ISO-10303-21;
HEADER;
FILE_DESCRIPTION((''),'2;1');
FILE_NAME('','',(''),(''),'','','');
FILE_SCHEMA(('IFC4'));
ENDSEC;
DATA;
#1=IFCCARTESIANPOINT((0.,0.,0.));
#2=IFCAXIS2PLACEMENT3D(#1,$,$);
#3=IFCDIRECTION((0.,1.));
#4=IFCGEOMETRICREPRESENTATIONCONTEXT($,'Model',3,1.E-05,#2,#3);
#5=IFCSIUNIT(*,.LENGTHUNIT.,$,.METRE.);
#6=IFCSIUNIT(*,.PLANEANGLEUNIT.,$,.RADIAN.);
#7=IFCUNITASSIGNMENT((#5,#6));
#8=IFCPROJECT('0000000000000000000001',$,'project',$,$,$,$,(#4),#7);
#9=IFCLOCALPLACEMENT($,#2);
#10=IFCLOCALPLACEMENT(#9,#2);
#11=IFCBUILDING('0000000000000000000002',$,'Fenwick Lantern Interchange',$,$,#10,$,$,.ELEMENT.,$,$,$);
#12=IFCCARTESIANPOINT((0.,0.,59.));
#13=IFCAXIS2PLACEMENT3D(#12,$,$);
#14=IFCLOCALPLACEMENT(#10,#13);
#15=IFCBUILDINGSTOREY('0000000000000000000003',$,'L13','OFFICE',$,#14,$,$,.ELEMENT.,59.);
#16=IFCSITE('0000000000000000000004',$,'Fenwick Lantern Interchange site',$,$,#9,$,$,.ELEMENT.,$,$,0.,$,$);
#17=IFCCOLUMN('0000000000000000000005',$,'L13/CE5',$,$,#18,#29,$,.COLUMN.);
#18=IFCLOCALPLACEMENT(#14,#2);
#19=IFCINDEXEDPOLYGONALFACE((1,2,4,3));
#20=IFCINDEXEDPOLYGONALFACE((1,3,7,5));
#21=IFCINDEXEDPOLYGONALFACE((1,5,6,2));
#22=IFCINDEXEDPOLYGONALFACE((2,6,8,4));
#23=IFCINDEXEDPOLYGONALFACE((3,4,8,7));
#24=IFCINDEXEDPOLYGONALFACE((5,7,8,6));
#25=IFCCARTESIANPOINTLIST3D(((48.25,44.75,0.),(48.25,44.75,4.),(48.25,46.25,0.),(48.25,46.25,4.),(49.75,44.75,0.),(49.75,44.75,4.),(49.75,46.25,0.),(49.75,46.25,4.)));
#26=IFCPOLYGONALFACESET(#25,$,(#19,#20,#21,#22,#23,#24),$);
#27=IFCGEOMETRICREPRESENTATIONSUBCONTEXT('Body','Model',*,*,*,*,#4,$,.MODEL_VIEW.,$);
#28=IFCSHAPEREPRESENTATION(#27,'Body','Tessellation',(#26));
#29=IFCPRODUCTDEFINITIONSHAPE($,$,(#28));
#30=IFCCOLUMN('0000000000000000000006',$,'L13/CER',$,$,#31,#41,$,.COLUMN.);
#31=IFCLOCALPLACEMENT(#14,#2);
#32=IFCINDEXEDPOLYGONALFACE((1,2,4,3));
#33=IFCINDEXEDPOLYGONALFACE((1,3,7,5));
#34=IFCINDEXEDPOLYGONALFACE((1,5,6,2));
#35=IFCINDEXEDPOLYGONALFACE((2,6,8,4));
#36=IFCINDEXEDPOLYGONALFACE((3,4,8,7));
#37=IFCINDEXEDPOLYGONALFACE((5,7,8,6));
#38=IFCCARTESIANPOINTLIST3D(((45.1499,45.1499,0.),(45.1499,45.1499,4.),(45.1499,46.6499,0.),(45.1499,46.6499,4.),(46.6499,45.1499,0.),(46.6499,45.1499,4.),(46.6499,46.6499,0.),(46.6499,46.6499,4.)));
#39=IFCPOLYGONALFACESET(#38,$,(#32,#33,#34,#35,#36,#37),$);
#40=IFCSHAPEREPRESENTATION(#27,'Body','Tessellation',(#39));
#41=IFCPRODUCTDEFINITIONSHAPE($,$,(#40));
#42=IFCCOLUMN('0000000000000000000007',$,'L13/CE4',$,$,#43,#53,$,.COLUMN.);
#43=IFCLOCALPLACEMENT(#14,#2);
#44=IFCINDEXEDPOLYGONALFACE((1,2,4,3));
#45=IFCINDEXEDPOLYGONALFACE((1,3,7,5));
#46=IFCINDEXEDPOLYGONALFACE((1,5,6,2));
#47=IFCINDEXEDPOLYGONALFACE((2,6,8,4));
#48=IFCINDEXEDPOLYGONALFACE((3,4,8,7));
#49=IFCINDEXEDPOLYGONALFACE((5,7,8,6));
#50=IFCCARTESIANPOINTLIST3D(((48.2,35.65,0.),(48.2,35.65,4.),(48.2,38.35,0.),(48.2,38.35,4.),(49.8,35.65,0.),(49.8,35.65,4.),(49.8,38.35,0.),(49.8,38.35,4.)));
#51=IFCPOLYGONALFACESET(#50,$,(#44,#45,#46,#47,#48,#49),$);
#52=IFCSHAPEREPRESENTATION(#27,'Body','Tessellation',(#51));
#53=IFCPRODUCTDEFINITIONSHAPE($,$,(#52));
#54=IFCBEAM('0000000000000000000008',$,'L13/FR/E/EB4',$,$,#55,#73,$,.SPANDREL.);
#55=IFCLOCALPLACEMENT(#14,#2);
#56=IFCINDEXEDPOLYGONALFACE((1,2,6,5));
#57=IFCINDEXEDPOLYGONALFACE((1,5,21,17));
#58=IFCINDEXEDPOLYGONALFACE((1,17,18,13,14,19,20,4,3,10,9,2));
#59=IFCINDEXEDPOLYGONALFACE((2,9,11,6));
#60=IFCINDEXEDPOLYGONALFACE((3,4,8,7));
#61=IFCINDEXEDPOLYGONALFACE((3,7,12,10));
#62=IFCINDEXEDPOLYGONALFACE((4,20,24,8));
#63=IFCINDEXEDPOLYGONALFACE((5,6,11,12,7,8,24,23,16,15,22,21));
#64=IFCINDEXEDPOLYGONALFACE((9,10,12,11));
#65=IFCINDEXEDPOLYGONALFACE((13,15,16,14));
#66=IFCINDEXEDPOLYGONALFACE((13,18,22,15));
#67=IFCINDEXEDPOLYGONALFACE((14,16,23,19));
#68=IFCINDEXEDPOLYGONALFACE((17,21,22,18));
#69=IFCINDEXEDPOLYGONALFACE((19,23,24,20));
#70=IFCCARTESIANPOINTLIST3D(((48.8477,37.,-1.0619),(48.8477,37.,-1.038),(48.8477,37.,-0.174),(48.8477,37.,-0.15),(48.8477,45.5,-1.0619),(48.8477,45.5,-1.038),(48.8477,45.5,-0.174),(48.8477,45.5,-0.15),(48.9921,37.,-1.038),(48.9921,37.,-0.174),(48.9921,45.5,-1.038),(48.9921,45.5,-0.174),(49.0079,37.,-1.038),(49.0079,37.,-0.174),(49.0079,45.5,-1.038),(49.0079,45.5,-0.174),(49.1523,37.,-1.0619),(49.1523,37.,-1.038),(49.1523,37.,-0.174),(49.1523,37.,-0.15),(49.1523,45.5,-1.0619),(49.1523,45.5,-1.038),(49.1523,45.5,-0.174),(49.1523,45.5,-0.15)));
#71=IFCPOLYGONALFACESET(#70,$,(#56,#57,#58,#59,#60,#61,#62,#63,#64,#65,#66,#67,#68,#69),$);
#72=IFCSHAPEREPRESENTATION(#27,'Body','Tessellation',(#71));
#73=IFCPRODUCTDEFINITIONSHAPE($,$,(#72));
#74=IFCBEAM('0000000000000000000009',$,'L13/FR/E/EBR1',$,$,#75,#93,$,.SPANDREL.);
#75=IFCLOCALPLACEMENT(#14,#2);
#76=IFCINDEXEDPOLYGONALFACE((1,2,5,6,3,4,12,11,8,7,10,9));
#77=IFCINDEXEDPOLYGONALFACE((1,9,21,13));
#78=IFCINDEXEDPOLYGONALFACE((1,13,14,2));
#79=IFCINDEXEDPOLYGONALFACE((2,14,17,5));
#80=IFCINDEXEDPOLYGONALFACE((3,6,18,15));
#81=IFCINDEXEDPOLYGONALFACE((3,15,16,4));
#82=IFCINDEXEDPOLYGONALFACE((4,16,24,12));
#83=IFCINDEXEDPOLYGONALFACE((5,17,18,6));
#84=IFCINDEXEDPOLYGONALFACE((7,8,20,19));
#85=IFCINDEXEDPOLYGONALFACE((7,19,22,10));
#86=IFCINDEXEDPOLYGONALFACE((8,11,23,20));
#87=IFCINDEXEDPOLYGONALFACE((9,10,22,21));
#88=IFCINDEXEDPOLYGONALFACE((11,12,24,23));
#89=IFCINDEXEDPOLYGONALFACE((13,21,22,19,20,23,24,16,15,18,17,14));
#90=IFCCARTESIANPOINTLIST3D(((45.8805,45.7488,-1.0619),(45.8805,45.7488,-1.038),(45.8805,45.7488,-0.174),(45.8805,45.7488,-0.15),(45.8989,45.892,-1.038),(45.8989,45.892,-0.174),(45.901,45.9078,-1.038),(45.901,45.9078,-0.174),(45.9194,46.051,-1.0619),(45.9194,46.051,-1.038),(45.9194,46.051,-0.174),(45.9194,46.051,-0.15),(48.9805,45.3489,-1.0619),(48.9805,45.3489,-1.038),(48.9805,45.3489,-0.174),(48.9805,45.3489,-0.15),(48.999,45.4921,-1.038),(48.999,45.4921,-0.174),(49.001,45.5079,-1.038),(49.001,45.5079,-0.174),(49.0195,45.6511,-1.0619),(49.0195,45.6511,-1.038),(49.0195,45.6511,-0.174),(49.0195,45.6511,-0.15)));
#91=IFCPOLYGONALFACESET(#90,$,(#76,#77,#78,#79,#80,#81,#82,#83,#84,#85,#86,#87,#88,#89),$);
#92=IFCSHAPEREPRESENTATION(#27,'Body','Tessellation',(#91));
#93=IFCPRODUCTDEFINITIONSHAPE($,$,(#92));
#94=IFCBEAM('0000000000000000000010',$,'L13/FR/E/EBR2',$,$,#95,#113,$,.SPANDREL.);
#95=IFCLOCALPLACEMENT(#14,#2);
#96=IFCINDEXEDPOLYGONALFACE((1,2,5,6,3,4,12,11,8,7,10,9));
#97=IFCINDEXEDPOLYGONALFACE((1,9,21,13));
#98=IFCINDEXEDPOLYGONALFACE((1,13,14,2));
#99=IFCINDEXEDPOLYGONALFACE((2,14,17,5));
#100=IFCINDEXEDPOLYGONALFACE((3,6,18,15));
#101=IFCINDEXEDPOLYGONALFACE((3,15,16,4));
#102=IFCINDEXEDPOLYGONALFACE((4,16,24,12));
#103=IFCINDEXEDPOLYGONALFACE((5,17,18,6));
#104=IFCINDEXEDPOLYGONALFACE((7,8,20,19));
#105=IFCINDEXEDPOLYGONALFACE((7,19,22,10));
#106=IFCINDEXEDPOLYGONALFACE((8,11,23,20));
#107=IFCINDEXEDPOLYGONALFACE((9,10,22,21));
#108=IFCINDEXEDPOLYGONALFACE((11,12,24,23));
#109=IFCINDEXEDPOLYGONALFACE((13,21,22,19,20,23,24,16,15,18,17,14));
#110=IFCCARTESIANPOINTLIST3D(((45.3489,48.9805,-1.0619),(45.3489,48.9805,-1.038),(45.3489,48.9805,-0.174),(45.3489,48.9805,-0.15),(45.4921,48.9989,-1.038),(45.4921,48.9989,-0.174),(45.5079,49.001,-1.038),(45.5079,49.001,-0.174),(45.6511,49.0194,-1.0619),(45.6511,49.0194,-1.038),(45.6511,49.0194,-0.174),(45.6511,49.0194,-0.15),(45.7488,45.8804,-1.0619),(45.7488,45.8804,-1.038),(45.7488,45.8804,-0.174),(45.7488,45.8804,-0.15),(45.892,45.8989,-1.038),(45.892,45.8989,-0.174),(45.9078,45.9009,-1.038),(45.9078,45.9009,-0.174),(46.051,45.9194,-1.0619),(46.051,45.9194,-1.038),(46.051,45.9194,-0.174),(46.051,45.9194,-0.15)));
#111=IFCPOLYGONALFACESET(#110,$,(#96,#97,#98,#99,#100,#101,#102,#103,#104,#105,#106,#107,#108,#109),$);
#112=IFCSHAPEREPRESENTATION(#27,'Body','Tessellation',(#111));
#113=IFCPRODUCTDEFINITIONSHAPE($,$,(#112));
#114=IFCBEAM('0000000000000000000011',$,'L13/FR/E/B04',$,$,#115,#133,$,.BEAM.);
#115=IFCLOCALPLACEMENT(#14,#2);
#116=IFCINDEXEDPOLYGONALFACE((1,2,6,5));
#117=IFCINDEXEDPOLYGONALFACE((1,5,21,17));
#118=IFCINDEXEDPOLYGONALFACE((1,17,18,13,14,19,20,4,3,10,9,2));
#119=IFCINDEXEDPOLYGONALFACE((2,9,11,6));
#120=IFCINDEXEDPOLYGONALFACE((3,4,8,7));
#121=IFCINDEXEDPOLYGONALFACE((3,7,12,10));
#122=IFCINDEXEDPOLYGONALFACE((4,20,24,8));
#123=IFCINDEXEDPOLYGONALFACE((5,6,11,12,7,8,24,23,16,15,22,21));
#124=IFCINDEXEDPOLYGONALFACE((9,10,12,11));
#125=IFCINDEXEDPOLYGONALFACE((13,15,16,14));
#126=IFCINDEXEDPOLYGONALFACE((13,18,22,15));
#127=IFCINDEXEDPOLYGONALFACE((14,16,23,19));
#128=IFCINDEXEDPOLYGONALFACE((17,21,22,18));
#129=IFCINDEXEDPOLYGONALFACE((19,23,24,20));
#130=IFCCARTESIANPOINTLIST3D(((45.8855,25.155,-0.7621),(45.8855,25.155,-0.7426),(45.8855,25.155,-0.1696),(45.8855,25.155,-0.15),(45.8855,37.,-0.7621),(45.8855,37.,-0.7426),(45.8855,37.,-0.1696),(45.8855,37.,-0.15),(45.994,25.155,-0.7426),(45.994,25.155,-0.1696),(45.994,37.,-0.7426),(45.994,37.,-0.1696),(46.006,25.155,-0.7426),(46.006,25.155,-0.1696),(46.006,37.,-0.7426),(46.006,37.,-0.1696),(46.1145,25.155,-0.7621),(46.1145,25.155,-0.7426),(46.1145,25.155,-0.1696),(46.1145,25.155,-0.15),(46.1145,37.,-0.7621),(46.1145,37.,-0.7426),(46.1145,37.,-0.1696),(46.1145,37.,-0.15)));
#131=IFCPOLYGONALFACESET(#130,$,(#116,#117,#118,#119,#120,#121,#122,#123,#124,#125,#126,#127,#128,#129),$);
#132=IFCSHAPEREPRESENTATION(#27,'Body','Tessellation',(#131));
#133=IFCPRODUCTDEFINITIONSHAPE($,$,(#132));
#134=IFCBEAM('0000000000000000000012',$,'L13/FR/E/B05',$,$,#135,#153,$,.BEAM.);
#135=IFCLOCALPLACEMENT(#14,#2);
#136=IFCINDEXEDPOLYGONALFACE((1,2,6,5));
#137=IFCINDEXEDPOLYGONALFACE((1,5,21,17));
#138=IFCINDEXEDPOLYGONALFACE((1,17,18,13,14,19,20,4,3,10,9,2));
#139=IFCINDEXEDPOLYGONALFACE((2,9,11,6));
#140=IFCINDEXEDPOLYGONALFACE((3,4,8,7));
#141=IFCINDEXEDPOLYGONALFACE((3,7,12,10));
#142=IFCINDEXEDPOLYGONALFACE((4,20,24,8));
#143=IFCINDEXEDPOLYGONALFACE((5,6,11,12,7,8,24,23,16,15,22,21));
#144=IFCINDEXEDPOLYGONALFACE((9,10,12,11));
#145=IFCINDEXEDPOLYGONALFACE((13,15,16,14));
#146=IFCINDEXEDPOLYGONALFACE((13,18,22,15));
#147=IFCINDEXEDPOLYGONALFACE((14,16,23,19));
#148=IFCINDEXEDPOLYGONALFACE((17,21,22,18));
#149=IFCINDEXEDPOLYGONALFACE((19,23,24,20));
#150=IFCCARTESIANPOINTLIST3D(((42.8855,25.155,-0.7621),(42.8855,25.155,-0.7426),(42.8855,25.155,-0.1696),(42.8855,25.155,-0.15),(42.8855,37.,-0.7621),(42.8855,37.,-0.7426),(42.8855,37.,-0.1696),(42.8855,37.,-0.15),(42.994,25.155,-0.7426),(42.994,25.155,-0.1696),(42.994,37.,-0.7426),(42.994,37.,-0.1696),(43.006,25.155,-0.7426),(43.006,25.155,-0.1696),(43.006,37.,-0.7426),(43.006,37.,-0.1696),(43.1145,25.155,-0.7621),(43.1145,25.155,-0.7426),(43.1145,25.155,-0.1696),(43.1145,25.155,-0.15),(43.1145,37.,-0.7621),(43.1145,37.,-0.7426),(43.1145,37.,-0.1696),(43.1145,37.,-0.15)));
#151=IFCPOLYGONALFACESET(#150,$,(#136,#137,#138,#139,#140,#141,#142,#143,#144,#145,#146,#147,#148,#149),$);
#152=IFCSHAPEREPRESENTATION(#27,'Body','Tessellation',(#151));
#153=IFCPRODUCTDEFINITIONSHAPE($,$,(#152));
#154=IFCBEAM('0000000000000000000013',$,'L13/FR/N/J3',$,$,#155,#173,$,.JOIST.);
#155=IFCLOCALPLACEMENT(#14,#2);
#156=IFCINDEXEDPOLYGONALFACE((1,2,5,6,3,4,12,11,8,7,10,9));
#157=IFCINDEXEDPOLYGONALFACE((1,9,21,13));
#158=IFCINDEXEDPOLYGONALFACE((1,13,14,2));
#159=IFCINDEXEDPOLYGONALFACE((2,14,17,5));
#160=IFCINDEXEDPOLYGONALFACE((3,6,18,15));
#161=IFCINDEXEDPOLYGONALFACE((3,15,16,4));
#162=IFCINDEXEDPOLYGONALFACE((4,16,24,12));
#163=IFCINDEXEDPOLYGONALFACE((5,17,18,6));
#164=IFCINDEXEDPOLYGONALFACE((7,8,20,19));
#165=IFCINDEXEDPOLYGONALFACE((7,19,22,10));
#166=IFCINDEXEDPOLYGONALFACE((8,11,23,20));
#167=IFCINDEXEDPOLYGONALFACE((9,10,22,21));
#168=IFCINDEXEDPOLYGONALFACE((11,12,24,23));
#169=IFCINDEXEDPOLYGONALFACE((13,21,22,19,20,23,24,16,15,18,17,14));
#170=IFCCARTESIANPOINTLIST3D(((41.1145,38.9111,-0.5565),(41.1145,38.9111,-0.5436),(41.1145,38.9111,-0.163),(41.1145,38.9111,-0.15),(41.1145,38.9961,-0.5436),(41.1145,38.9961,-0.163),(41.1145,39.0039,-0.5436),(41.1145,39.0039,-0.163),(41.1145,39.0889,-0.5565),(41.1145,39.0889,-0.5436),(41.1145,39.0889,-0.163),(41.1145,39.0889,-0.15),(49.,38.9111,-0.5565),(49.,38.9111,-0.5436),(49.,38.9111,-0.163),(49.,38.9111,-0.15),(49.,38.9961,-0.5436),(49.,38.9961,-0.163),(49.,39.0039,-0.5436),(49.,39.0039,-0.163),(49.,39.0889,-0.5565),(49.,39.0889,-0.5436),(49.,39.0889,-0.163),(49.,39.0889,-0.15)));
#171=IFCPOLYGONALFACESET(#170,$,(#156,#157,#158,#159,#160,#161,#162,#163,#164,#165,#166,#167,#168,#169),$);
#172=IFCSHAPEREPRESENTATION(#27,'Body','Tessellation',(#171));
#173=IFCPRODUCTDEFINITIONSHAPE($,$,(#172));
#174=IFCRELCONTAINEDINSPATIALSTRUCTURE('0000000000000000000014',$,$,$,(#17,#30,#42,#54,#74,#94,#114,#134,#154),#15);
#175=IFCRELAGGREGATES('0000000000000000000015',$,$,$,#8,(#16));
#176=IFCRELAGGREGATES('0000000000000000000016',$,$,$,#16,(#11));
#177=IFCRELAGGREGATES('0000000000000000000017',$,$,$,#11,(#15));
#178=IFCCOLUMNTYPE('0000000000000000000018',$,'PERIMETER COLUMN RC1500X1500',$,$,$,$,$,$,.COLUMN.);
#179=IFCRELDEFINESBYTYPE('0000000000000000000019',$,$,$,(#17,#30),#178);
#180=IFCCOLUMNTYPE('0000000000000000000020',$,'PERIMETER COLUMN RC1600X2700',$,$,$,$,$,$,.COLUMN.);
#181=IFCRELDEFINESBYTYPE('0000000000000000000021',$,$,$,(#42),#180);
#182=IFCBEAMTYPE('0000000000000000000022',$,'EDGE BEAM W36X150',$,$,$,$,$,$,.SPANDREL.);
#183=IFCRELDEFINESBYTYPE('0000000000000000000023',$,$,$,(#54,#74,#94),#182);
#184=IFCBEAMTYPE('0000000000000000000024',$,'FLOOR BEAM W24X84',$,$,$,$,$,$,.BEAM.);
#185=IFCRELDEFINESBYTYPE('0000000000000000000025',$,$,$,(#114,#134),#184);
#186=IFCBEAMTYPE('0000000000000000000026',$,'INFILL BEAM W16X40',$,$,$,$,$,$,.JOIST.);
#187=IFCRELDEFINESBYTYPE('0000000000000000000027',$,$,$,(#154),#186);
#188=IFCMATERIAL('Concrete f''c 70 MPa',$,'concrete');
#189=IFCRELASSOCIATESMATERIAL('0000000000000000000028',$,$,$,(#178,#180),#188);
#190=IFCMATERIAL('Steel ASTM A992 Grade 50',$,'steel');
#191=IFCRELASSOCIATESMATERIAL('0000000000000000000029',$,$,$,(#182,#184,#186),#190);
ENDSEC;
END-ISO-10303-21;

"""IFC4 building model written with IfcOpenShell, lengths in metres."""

from ifc_helpers import new_model, si_unit, direction, frame, origin, origin_2d, place, context, subcontext, project, spatial, rectangle, i_section, extrude, material, material_profile, profile_set, type_object, element, save


model = new_model("IFC4")

# Units and contexts
model_context = context("Model", 3, precision=1e-05, world=origin(), true_north=direction((0.0, 1.0)))
body_context = subcontext(model_context, "Body", "Model", "MODEL_VIEW")
ifc_project = project(units=[si_unit("LENGTHUNIT", "METRE"), si_unit("PLANEANGLEUNIT", "RADIAN")], contexts=[model_context])

# Site, building, storey
site_placement = place(None, origin())
site = spatial("IfcSite", under=ifc_project, at=site_placement, Name="Fenwick Lantern Interchange site", CompositionType="ELEMENT", RefElevation=0.0)
building_placement = place(site_placement, origin())
building = spatial("IfcBuilding", under=site, at=building_placement, Name="Fenwick Lantern Interchange", CompositionType="ELEMENT")
storey_placement = place(building_placement, frame((0.0, 0.0, 59.0)))
storey = spatial("IfcBuildingStorey", under=building, at=storey_placement, Name="L13", Description="OFFICE", CompositionType="ELEMENT", Elevation=59.0)

# Columns
ifc_material_1 = material(Name="Concrete f'c 70 MPa", Category="concrete")
ifc_material_profile_1 = material_profile(ifc_material_1, rectangle(XDim=1.5, YDim=1.5, at=origin_2d()), Name="RC1500X1500")
ifc_profile_set_1 = profile_set([ifc_material_profile_1], Name="Concrete f'c 70 MPa")
column_type_1 = type_object("IfcColumnType", Name="PERIMETER COLUMN RC1500X1500", PredefinedType="COLUMN", material=ifc_profile_set_1)
for number, where, z_axis, x_axis, name in (
    (1, (49.0, 45.5, 0.0), (0.0, 0.0, 1.0), (1.0, 0.0, 0.0), "L13/CE5"),
    (2, (45.8999, 45.8999, 0.0), (0.0, 0.0, 1.0), (1.0, 0.0, 0.0), "L13/CER"),
):
    element("IfcColumn", number, at=place(storey_placement, frame(where, z_axis=z_axis, x_axis=x_axis)), inside=storey, type_object=column_type_1, Name=name, PredefinedType="COLUMN", context=body_context, shape_type="SweptSolid", body=[
        extrude(rectangle(XDim=1.5, YDim=1.5, at=origin_2d()), origin(), (0.0, 0.0, 1.0), 4.0),
    ])
ifc_material_profile_2 = material_profile(ifc_material_1, rectangle(XDim=1.6001, YDim=2.7, at=origin_2d()), Name="RC1600X2700")
ifc_profile_set_2 = profile_set([ifc_material_profile_2], Name="Concrete f'c 70 MPa")
column_type_2 = type_object("IfcColumnType", Name="PERIMETER COLUMN RC1600X2700", PredefinedType="COLUMN", material=ifc_profile_set_2)
column_placement = place(storey_placement, frame((49.0, 37.0, 0.0), z_axis=(0.0, 0.0, 1.0), x_axis=(1.0, 0.0, 0.0)))
element("IfcColumn", 3, at=column_placement, inside=storey, type_object=column_type_2, Name="L13/CE4", PredefinedType="COLUMN", context=body_context, shape_type="SweptSolid", body=[
    extrude(rectangle(XDim=1.6001, YDim=2.7, at=origin_2d()), origin(), (0.0, 0.0, 1.0), 4.0),
])

# Beams
ifc_material_2 = material(Name="Steel ASTM A992 Grade 50", Category="steel")
ifc_material_profile_3 = material_profile(ifc_material_2, i_section(OverallWidth=0.3047, OverallDepth=0.9119, WebThickness=0.0159, FlangeThickness=0.0239, at=origin_2d()), Name="W36X150")
ifc_profile_set_3 = profile_set([ifc_material_profile_3], Name="Steel ASTM A992 Grade 50")
beam_type_1 = type_object("IfcBeamType", Name="EDGE BEAM W36X150", PredefinedType="SPANDREL", material=ifc_profile_set_3)
beam_1_placement = place(storey_placement, frame((49.0, 37.0, -0.606), z_axis=(0.0, 1.0, 0.0), x_axis=(-1.0, 0.0, 0.0)))
element("IfcBeam", 4, at=beam_1_placement, inside=storey, type_object=beam_type_1, Name="L13/FR/E/EB4", PredefinedType="SPANDREL", context=body_context, shape_type="SweptSolid", body=[
    extrude(i_section(OverallWidth=0.3047, OverallDepth=0.9119, WebThickness=0.0159, FlangeThickness=0.0239, at=origin_2d()), origin(), (0.0, 0.0, 1.0), 8.5),
])
for number, where, z_axis, x_axis, name in (
    (5, (49.0, 45.5, -0.606), (-0.991782, 0.127937, 0.0), (-0.127937, -0.991782, 0.0), "L13/FR/E/EBR1"),
    (6, (45.8999, 45.8999, -0.606), (-0.127937, 0.991782, 0.0), (-0.991782, -0.127937, 0.0), "L13/FR/E/EBR2"),
):
    element("IfcBeam", number, at=place(storey_placement, frame(where, z_axis=z_axis, x_axis=x_axis)), inside=storey, type_object=beam_type_1, Name=name, PredefinedType="SPANDREL", context=body_context, shape_type="SweptSolid", body=[
        extrude(i_section(OverallWidth=0.3047, OverallDepth=0.9119, WebThickness=0.0159, FlangeThickness=0.0239, at=origin_2d()), origin(), (0.0, 0.0, 1.0), 3.1257),
    ])
ifc_material_profile_4 = material_profile(ifc_material_2, i_section(OverallWidth=0.229, OverallDepth=0.6121, WebThickness=0.012, FlangeThickness=0.0195, at=origin_2d()), Name="W24X84")
ifc_profile_set_4 = profile_set([ifc_material_profile_4], Name="Steel ASTM A992 Grade 50")
beam_type_2 = type_object("IfcBeamType", Name="FLOOR BEAM W24X84", PredefinedType="BEAM", material=ifc_profile_set_4)
for number, where, z_axis, x_axis, name in (
    (7, (46.0, 25.155, -0.4561), (0.0, 1.0, 0.0), (-1.0, 0.0, 0.0), "L13/FR/E/B04"),
    (8, (43.0, 25.155, -0.4561), (0.0, 1.0, 0.0), (-1.0, 0.0, 0.0), "L13/FR/E/B05"),
):
    element("IfcBeam", number, at=place(storey_placement, frame(where, z_axis=z_axis, x_axis=x_axis)), inside=storey, type_object=beam_type_2, Name=name, PredefinedType="BEAM", context=body_context, shape_type="SweptSolid", body=[
        extrude(i_section(OverallWidth=0.229, OverallDepth=0.6121, WebThickness=0.012, FlangeThickness=0.0195, at=origin_2d()), origin(), (0.0, 0.0, 1.0), 11.845),
    ])
ifc_material_profile_5 = material_profile(ifc_material_2, i_section(OverallWidth=0.1777, OverallDepth=0.4065, WebThickness=0.0078, FlangeThickness=0.0129, at=origin_2d()), Name="W16X40")
ifc_profile_set_5 = profile_set([ifc_material_profile_5], Name="Steel ASTM A992 Grade 50")
beam_type_3 = type_object("IfcBeamType", Name="INFILL BEAM W16X40", PredefinedType="JOIST", material=ifc_profile_set_5)
beam_2_placement = place(storey_placement, frame((49.0, 39.0, -0.3533), z_axis=(-1.0, 0.0, 0.0), x_axis=(0.0, -1.0, 0.0)))
element("IfcBeam", 9, at=beam_2_placement, inside=storey, type_object=beam_type_3, Name="L13/FR/N/J3", PredefinedType="JOIST", context=body_context, shape_type="SweptSolid", body=[
    extrude(i_section(OverallWidth=0.1777, OverallDepth=0.4065, WebThickness=0.0078, FlangeThickness=0.0129, at=origin_2d()), origin(), (0.0, 0.0, 1.0), 7.8855),
])

save(model, "model.ifc")
